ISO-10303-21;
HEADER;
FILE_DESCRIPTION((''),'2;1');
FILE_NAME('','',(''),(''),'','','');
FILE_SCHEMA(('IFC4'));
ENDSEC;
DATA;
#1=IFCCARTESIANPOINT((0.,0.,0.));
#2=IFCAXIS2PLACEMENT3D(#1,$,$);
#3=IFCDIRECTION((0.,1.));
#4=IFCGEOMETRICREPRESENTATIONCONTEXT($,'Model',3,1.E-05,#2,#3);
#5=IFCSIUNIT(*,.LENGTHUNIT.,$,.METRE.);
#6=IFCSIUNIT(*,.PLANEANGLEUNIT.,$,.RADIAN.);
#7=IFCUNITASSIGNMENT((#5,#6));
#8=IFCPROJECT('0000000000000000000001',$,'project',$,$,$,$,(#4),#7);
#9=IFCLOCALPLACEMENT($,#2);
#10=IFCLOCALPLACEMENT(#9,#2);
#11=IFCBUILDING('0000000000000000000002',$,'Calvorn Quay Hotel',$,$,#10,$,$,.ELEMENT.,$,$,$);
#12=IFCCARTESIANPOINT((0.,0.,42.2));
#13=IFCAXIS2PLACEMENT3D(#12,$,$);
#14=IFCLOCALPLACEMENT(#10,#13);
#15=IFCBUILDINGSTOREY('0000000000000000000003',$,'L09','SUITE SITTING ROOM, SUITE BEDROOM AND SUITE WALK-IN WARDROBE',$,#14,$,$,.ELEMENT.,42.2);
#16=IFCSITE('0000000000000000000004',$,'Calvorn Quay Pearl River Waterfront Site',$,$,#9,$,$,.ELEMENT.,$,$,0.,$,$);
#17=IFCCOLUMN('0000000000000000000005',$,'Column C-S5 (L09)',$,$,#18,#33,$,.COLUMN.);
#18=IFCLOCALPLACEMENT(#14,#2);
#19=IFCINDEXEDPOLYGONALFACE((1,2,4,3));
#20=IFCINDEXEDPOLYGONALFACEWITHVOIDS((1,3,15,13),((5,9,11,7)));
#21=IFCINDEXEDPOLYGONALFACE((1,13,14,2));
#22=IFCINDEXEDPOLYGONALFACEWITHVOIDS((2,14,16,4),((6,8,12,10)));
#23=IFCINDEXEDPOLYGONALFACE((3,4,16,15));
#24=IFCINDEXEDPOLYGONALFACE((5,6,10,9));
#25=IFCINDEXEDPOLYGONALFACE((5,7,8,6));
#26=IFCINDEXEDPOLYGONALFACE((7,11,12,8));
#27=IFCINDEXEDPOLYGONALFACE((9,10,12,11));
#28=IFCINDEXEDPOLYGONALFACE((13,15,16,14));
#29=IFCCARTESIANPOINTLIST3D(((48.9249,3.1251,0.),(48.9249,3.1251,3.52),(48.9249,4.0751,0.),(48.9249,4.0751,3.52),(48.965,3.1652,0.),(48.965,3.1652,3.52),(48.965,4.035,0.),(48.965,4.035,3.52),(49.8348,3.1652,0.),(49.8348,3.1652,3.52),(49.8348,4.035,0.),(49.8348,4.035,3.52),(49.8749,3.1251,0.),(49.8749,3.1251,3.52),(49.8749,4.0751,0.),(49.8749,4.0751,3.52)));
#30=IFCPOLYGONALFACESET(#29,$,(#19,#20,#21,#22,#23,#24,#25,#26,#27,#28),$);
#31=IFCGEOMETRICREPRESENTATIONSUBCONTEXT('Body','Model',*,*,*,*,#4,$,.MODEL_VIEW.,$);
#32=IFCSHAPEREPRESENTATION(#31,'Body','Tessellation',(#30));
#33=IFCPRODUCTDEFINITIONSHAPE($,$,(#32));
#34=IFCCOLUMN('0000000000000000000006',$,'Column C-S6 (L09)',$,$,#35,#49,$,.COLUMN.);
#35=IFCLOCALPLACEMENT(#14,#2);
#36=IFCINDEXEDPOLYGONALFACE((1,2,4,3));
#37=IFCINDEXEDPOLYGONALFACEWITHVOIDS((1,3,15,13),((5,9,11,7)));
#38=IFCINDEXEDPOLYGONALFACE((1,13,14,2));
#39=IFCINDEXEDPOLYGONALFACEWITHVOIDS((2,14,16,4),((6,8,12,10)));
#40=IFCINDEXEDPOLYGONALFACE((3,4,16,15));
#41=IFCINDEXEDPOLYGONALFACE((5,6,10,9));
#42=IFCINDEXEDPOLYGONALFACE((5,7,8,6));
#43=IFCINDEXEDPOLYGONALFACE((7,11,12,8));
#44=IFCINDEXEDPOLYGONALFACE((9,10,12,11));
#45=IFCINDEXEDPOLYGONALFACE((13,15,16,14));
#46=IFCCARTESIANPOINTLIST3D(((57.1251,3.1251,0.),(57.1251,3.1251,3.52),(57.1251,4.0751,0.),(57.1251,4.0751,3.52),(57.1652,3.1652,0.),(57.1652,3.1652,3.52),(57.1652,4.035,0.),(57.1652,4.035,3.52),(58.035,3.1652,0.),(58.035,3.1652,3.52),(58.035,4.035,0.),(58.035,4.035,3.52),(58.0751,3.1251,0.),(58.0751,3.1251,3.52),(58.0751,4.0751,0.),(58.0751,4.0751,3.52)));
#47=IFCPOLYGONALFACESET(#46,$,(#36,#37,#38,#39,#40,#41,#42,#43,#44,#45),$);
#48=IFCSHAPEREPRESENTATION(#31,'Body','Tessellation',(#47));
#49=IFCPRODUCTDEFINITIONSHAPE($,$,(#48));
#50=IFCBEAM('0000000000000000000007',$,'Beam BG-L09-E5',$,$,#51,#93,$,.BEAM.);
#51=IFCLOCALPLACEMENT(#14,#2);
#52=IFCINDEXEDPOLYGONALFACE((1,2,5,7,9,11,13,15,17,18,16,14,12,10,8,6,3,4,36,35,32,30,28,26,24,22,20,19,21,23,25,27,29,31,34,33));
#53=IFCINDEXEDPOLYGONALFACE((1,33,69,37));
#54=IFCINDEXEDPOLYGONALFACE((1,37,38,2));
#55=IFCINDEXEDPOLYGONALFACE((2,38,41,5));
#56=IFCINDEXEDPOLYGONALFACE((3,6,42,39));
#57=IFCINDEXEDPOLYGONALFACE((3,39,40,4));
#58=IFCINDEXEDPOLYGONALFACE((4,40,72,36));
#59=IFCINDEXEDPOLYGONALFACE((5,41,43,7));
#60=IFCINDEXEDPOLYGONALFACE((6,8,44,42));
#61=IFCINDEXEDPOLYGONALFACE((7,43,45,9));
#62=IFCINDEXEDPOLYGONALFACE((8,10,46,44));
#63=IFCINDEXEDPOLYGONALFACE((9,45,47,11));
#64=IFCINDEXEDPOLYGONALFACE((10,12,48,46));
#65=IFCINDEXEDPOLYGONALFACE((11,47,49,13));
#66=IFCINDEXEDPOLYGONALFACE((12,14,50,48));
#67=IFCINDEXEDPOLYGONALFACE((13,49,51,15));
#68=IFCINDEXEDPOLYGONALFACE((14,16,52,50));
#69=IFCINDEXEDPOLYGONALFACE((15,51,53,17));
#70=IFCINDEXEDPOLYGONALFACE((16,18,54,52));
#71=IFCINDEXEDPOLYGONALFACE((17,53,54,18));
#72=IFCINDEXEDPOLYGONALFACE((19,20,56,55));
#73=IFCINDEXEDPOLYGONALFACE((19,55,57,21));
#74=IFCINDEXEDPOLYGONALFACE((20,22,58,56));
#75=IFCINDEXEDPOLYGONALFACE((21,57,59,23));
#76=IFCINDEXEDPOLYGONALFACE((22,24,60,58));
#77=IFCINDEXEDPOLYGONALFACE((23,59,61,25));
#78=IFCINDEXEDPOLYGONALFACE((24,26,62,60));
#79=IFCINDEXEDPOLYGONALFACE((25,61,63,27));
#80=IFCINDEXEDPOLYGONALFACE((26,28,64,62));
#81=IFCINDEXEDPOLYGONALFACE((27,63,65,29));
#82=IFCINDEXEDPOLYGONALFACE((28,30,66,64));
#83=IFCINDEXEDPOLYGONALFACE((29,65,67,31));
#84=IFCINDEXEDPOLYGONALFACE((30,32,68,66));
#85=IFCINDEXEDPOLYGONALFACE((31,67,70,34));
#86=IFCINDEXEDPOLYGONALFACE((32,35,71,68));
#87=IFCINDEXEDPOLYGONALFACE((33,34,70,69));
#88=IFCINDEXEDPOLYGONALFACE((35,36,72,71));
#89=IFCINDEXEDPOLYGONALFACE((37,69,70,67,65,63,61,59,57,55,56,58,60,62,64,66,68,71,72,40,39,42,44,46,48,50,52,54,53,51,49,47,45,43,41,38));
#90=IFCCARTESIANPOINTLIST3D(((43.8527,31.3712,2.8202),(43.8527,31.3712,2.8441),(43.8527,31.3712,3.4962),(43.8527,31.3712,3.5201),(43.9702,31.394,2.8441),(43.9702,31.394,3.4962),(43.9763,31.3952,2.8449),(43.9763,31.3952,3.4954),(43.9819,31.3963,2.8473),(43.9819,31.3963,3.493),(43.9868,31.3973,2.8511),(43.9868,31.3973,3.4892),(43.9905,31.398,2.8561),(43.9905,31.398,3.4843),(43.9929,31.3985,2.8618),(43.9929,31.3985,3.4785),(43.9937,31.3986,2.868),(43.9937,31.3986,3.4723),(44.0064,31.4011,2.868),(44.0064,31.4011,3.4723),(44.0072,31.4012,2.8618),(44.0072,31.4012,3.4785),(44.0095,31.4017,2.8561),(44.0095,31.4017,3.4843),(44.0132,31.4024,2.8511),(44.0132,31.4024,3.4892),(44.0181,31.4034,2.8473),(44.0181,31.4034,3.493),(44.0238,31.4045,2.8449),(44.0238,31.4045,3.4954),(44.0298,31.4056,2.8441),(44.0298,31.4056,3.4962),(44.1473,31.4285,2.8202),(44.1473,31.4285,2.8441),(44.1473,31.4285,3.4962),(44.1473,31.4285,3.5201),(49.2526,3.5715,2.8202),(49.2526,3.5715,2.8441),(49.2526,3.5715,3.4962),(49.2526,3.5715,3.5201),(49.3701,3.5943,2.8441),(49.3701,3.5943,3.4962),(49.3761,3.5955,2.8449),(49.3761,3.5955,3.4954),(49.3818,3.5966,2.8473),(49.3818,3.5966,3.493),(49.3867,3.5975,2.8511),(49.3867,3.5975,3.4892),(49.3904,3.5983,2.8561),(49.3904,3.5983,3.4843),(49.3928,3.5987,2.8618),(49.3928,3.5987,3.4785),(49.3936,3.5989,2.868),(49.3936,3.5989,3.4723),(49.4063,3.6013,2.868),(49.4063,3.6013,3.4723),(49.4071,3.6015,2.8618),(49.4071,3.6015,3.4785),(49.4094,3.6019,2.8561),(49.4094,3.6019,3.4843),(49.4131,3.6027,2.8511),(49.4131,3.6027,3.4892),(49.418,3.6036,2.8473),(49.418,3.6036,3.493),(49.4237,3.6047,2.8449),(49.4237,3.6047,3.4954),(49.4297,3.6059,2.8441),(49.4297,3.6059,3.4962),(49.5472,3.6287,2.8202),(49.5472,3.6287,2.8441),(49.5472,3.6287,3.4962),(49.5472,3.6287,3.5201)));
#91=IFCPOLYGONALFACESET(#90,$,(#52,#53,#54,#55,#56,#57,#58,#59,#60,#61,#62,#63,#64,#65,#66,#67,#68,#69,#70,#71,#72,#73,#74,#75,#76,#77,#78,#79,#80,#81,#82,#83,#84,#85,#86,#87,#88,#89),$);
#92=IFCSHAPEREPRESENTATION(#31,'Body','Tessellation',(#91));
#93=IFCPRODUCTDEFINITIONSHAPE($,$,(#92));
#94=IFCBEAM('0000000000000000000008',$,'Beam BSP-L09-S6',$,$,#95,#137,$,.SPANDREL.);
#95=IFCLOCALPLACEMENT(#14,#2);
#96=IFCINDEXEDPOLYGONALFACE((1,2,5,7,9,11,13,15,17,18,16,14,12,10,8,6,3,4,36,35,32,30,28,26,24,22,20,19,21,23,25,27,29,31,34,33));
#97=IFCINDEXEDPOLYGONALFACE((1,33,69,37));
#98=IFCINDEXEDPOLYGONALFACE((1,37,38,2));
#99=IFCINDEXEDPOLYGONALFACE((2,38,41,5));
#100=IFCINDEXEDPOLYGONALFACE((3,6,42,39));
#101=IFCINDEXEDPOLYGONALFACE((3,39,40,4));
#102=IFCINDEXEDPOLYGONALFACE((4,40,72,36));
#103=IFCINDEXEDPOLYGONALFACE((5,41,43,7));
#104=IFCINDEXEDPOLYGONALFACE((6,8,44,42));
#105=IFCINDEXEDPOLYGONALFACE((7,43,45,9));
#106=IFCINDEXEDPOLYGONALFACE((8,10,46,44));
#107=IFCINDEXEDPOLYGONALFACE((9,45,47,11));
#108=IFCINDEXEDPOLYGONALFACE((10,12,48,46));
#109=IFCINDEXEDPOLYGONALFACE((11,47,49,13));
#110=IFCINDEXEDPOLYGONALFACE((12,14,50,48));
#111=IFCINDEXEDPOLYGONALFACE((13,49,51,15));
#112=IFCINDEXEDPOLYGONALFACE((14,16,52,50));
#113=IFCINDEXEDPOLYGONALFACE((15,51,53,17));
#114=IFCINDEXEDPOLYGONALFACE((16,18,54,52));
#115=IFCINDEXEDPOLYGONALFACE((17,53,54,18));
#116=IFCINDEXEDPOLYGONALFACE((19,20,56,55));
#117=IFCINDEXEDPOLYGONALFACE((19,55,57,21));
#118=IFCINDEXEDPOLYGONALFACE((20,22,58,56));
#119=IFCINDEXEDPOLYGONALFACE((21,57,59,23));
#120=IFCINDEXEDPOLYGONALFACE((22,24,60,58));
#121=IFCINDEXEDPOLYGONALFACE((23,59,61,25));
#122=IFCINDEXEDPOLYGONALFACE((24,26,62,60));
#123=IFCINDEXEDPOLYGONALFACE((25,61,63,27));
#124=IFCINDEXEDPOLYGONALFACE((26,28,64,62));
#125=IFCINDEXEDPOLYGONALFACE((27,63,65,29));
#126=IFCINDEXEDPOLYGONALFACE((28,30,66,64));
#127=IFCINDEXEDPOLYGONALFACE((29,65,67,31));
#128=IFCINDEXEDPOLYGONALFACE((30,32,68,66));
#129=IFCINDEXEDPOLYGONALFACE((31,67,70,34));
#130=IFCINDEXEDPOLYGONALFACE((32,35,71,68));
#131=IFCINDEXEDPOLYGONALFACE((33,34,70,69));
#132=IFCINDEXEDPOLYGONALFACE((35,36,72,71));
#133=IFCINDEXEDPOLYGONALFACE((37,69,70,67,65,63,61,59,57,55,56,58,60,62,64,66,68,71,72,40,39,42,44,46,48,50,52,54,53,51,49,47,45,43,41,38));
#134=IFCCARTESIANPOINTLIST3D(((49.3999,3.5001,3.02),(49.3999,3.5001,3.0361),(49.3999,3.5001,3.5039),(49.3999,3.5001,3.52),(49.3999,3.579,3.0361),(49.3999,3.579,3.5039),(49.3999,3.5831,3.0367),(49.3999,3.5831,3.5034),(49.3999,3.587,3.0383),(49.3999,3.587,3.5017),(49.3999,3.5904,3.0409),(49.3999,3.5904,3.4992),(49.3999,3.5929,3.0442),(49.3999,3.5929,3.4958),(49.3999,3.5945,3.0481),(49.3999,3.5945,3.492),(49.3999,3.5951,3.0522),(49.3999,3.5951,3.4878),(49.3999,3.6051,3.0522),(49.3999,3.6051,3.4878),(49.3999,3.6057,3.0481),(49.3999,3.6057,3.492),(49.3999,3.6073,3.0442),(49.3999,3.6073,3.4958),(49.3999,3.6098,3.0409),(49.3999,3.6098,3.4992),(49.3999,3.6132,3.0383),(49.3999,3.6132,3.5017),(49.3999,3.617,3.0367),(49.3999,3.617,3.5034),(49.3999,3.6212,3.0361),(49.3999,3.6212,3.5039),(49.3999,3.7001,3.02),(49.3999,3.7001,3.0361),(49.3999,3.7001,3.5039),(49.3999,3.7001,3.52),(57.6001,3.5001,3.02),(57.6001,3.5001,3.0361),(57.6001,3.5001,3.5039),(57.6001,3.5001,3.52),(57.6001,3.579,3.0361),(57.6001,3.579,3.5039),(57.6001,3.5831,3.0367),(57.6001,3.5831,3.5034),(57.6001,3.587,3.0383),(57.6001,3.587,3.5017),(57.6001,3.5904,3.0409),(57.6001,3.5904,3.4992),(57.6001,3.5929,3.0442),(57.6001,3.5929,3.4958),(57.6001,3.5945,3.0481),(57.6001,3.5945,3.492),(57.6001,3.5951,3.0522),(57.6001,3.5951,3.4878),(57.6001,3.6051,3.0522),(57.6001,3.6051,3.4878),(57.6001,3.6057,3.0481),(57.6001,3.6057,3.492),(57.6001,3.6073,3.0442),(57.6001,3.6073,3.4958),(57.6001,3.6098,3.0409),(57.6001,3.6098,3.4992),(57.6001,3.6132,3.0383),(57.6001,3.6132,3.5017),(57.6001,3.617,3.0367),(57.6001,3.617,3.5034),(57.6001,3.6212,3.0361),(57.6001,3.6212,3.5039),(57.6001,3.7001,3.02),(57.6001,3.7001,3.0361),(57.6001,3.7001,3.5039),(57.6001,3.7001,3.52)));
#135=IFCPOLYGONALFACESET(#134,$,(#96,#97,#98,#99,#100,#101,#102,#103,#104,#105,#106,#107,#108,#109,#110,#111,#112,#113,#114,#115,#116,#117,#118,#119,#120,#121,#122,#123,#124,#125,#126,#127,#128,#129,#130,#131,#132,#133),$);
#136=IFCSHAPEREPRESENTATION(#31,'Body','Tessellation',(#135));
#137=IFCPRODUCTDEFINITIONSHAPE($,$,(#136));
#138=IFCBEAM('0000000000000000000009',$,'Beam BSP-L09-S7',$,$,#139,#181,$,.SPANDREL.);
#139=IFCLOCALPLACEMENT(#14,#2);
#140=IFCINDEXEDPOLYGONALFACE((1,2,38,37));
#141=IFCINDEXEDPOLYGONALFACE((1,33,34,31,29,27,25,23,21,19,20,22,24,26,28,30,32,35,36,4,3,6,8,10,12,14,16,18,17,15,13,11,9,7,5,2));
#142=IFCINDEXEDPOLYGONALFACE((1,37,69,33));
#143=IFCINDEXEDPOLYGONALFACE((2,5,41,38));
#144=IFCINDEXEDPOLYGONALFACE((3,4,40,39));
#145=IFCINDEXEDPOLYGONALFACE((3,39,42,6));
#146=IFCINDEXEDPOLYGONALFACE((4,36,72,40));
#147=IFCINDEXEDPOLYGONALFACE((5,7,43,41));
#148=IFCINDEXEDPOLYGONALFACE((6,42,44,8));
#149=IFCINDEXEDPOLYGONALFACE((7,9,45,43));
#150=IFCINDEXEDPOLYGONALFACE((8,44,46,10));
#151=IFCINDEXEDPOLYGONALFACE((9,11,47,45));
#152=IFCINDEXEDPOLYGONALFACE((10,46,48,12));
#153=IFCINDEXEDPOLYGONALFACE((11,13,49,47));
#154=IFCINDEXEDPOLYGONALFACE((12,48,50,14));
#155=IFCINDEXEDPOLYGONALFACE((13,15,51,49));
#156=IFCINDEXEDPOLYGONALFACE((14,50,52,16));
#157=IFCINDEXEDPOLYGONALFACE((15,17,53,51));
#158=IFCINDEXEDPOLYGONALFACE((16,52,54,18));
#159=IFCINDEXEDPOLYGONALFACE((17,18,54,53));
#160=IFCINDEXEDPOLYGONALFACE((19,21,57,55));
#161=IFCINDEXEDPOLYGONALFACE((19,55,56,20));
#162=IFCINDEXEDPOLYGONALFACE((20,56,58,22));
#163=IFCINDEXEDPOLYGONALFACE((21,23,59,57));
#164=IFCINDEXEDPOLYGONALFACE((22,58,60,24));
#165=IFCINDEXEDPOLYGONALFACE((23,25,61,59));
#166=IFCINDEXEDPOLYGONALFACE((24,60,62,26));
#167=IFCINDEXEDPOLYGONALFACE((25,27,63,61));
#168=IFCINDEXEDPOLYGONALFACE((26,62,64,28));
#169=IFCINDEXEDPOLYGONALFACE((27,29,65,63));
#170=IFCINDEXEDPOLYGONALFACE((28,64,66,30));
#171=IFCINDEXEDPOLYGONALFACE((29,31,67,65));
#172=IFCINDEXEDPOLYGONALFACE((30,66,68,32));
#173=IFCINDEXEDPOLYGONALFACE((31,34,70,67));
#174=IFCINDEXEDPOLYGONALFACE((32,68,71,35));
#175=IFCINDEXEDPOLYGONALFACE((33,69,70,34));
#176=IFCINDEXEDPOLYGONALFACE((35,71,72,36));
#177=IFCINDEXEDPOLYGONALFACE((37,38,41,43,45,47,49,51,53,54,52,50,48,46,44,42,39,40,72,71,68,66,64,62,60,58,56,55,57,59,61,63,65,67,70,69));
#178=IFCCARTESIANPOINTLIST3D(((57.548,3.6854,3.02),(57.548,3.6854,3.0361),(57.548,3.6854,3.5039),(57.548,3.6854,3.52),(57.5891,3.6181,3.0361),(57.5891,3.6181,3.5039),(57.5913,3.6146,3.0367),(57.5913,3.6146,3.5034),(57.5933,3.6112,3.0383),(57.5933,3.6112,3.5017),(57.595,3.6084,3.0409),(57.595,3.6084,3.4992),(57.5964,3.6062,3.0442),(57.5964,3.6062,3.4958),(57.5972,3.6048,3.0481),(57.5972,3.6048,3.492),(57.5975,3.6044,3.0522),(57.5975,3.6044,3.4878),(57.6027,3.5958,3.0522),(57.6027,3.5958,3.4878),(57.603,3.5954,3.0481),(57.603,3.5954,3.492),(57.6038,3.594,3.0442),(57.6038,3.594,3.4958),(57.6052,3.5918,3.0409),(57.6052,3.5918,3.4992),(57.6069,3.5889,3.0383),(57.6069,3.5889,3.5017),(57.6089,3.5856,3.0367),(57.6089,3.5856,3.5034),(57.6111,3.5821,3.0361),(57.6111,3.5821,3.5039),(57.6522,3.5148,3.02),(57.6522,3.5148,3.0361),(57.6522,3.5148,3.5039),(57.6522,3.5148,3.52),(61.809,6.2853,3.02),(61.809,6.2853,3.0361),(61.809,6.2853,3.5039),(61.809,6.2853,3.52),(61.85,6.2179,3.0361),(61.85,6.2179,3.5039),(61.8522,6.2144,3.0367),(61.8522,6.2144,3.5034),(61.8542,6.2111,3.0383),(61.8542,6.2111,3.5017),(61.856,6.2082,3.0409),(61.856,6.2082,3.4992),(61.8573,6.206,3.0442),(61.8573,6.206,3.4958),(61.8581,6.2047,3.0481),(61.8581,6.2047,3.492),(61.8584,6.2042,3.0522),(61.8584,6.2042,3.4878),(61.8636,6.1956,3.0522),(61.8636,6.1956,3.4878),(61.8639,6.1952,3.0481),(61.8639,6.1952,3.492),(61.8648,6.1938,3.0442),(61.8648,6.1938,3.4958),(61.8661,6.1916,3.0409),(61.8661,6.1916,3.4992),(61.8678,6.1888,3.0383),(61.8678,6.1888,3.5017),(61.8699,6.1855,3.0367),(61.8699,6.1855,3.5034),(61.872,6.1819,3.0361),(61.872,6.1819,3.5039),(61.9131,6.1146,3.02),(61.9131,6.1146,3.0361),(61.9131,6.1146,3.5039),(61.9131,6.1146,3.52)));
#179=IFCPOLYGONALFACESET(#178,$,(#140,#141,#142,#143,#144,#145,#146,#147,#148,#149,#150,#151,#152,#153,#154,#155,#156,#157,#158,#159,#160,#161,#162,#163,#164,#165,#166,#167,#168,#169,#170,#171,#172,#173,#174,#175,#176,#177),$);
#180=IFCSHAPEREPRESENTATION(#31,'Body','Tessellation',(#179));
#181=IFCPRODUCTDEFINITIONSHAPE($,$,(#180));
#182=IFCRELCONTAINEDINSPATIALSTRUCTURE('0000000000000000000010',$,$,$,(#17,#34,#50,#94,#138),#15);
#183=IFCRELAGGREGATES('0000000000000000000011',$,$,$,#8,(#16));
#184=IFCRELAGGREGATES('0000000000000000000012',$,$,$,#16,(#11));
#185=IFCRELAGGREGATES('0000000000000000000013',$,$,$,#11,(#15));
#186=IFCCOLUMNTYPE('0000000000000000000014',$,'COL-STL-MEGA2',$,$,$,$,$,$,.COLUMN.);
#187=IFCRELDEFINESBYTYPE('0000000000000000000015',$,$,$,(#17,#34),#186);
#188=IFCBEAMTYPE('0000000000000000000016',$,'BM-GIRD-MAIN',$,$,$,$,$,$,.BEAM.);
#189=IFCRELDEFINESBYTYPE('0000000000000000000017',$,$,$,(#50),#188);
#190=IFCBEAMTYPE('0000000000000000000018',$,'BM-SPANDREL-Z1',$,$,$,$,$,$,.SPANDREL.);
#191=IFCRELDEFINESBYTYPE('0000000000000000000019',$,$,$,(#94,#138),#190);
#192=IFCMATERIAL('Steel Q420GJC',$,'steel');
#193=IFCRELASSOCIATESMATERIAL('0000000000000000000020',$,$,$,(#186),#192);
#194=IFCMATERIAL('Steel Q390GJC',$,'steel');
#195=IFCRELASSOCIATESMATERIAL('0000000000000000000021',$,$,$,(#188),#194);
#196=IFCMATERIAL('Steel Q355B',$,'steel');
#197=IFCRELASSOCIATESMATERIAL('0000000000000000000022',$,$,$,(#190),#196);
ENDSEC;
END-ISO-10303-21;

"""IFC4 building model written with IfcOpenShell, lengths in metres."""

from ifc_helpers import new_model, si_unit, direction, frame, origin, origin_2d, place, context, subcontext, project, spatial, hollow_rectangle, i_section, extrude, material, material_profile, profile_set, type_object, element, save


model = new_model("IFC4")

# Units and contexts
model_context = context("Model", 3, precision=1e-05, world=origin(), true_north=direction((0.0, 1.0)))
body_context = subcontext(model_context, "Body", "Model", "MODEL_VIEW")
ifc_project = project(units=[si_unit("LENGTHUNIT", "METRE"), si_unit("PLANEANGLEUNIT", "RADIAN")], contexts=[model_context])

# Site, building, storey
site_placement = place(None, origin())
site = spatial("IfcSite", under=ifc_project, at=site_placement, Name="Calvorn Quay Pearl River Waterfront Site", CompositionType="ELEMENT", RefElevation=0.0)
building_placement = place(site_placement, origin())
building = spatial("IfcBuilding", under=site, at=building_placement, Name="Calvorn Quay Hotel", CompositionType="ELEMENT")
storey_placement = place(building_placement, frame((0.0, 0.0, 42.2)))
storey = spatial("IfcBuildingStorey", under=building, at=storey_placement, Name="L09", Description="SUITE SITTING ROOM, SUITE BEDROOM AND SUITE WALK-IN WARDROBE", CompositionType="ELEMENT", Elevation=42.2)

# Columns
ifc_material_1 = material(Name="Steel Q420GJC", Category="steel")
ifc_material_profile_1 = material_profile(ifc_material_1, hollow_rectangle(XDim=0.95, YDim=0.95, WallThickness=0.04, at=origin_2d()), Name="BOX950x950x40")
ifc_profile_set_1 = profile_set([ifc_material_profile_1], Name="Steel Q420GJC")
column_type = type_object("IfcColumnType", Name="COL-STL-MEGA2", PredefinedType="COLUMN", material=ifc_profile_set_1)
for number, where, z_axis, x_axis, name in (
    (1, (49.3999, 3.6001, 0.0), (0.0, 0.0, 1.0), (1.0, 0.0, 0.0), "Column C-S5 (L09)"),
    (2, (57.6001, 3.6001, 0.0), (0.0, 0.0, 1.0), (1.0, 0.0, 0.0), "Column C-S6 (L09)"),
):
    element("IfcColumn", number, at=place(storey_placement, frame(where, z_axis=z_axis, x_axis=x_axis)), inside=storey, type_object=column_type, Name=name, PredefinedType="COLUMN", context=body_context, shape_type="SweptSolid", body=[
        extrude(hollow_rectangle(XDim=0.95, YDim=0.95, WallThickness=0.04, at=origin_2d()), origin(), (0.0, 0.0, 1.0), 3.52),
    ])

# Beams
ifc_material_2 = material(Name="Steel Q390GJC", Category="steel")
ifc_material_profile_2 = material_profile(ifc_material_2, i_section(OverallWidth=0.3, OverallDepth=0.7, WebThickness=0.0129, FlangeThickness=0.0239, FilletRadius=0.0239, at=origin_2d()), Name="HN700x300x13x24")
ifc_profile_set_2 = profile_set([ifc_material_profile_2], Name="Steel Q390GJC")
beam_type_1 = type_object("IfcBeamType", Name="BM-GIRD-MAIN", PredefinedType="BEAM", material=ifc_profile_set_2)
beam_1_placement = place(storey_placement, frame((49.3999, 3.6001, 3.1702), z_axis=(-0.190679, 0.981653, 0.0), x_axis=(-0.981653, -0.190679, 0.0)))
element("IfcBeam", 3, at=beam_1_placement, inside=storey, type_object=beam_type_1, Name="Beam BG-L09-E5", PredefinedType="BEAM", context=body_context, shape_type="SweptSolid", body=[
    extrude(i_section(OverallWidth=0.3, OverallDepth=0.7, WebThickness=0.0129, FlangeThickness=0.0239, FilletRadius=0.0239, at=origin_2d()), origin(), (0.0, 0.0, 1.0), 28.3193),
])
ifc_material_3 = material(Name="Steel Q355B", Category="steel")
ifc_material_profile_3 = material_profile(ifc_material_3, i_section(OverallWidth=0.2, OverallDepth=0.5, WebThickness=0.01, FlangeThickness=0.0161, FilletRadius=0.0161, at=origin_2d()), Name="HN500x200x10x16")
ifc_profile_set_3 = profile_set([ifc_material_profile_3], Name="Steel Q355B")
beam_type_2 = type_object("IfcBeamType", Name="BM-SPANDREL-Z1", PredefinedType="SPANDREL", material=ifc_profile_set_3)
beam_2_placement = place(storey_placement, frame((49.3999, 3.6001, 3.27), z_axis=(1.0, 0.0, 0.0), x_axis=(0.0, 1.0, 0.0)))
element("IfcBeam", 4, at=beam_2_placement, inside=storey, type_object=beam_type_2, Name="Beam BSP-L09-S6", PredefinedType="SPANDREL", context=body_context, shape_type="SweptSolid", body=[
    extrude(i_section(OverallWidth=0.2, OverallDepth=0.5, WebThickness=0.01, FlangeThickness=0.0161, FilletRadius=0.0161, at=origin_2d()), origin(), (0.0, 0.0, 1.0), 8.2002),
])
beam_3_placement = place(storey_placement, frame((57.6001, 3.6001, 3.27), z_axis=(0.853646, 0.520854, 0.0), x_axis=(-0.520854, 0.853646, 0.0)))
element("IfcBeam", 5, at=beam_3_placement, inside=storey, type_object=beam_type_2, Name="Beam BSP-L09-S7", PredefinedType="SPANDREL", context=body_context, shape_type="SweptSolid", body=[
    extrude(i_section(OverallWidth=0.2, OverallDepth=0.5, WebThickness=0.01, FlangeThickness=0.0161, FilletRadius=0.0161, at=origin_2d()), origin(), (0.0, 0.0, 1.0), 4.9915),
])

save(model, "model.ifc")
